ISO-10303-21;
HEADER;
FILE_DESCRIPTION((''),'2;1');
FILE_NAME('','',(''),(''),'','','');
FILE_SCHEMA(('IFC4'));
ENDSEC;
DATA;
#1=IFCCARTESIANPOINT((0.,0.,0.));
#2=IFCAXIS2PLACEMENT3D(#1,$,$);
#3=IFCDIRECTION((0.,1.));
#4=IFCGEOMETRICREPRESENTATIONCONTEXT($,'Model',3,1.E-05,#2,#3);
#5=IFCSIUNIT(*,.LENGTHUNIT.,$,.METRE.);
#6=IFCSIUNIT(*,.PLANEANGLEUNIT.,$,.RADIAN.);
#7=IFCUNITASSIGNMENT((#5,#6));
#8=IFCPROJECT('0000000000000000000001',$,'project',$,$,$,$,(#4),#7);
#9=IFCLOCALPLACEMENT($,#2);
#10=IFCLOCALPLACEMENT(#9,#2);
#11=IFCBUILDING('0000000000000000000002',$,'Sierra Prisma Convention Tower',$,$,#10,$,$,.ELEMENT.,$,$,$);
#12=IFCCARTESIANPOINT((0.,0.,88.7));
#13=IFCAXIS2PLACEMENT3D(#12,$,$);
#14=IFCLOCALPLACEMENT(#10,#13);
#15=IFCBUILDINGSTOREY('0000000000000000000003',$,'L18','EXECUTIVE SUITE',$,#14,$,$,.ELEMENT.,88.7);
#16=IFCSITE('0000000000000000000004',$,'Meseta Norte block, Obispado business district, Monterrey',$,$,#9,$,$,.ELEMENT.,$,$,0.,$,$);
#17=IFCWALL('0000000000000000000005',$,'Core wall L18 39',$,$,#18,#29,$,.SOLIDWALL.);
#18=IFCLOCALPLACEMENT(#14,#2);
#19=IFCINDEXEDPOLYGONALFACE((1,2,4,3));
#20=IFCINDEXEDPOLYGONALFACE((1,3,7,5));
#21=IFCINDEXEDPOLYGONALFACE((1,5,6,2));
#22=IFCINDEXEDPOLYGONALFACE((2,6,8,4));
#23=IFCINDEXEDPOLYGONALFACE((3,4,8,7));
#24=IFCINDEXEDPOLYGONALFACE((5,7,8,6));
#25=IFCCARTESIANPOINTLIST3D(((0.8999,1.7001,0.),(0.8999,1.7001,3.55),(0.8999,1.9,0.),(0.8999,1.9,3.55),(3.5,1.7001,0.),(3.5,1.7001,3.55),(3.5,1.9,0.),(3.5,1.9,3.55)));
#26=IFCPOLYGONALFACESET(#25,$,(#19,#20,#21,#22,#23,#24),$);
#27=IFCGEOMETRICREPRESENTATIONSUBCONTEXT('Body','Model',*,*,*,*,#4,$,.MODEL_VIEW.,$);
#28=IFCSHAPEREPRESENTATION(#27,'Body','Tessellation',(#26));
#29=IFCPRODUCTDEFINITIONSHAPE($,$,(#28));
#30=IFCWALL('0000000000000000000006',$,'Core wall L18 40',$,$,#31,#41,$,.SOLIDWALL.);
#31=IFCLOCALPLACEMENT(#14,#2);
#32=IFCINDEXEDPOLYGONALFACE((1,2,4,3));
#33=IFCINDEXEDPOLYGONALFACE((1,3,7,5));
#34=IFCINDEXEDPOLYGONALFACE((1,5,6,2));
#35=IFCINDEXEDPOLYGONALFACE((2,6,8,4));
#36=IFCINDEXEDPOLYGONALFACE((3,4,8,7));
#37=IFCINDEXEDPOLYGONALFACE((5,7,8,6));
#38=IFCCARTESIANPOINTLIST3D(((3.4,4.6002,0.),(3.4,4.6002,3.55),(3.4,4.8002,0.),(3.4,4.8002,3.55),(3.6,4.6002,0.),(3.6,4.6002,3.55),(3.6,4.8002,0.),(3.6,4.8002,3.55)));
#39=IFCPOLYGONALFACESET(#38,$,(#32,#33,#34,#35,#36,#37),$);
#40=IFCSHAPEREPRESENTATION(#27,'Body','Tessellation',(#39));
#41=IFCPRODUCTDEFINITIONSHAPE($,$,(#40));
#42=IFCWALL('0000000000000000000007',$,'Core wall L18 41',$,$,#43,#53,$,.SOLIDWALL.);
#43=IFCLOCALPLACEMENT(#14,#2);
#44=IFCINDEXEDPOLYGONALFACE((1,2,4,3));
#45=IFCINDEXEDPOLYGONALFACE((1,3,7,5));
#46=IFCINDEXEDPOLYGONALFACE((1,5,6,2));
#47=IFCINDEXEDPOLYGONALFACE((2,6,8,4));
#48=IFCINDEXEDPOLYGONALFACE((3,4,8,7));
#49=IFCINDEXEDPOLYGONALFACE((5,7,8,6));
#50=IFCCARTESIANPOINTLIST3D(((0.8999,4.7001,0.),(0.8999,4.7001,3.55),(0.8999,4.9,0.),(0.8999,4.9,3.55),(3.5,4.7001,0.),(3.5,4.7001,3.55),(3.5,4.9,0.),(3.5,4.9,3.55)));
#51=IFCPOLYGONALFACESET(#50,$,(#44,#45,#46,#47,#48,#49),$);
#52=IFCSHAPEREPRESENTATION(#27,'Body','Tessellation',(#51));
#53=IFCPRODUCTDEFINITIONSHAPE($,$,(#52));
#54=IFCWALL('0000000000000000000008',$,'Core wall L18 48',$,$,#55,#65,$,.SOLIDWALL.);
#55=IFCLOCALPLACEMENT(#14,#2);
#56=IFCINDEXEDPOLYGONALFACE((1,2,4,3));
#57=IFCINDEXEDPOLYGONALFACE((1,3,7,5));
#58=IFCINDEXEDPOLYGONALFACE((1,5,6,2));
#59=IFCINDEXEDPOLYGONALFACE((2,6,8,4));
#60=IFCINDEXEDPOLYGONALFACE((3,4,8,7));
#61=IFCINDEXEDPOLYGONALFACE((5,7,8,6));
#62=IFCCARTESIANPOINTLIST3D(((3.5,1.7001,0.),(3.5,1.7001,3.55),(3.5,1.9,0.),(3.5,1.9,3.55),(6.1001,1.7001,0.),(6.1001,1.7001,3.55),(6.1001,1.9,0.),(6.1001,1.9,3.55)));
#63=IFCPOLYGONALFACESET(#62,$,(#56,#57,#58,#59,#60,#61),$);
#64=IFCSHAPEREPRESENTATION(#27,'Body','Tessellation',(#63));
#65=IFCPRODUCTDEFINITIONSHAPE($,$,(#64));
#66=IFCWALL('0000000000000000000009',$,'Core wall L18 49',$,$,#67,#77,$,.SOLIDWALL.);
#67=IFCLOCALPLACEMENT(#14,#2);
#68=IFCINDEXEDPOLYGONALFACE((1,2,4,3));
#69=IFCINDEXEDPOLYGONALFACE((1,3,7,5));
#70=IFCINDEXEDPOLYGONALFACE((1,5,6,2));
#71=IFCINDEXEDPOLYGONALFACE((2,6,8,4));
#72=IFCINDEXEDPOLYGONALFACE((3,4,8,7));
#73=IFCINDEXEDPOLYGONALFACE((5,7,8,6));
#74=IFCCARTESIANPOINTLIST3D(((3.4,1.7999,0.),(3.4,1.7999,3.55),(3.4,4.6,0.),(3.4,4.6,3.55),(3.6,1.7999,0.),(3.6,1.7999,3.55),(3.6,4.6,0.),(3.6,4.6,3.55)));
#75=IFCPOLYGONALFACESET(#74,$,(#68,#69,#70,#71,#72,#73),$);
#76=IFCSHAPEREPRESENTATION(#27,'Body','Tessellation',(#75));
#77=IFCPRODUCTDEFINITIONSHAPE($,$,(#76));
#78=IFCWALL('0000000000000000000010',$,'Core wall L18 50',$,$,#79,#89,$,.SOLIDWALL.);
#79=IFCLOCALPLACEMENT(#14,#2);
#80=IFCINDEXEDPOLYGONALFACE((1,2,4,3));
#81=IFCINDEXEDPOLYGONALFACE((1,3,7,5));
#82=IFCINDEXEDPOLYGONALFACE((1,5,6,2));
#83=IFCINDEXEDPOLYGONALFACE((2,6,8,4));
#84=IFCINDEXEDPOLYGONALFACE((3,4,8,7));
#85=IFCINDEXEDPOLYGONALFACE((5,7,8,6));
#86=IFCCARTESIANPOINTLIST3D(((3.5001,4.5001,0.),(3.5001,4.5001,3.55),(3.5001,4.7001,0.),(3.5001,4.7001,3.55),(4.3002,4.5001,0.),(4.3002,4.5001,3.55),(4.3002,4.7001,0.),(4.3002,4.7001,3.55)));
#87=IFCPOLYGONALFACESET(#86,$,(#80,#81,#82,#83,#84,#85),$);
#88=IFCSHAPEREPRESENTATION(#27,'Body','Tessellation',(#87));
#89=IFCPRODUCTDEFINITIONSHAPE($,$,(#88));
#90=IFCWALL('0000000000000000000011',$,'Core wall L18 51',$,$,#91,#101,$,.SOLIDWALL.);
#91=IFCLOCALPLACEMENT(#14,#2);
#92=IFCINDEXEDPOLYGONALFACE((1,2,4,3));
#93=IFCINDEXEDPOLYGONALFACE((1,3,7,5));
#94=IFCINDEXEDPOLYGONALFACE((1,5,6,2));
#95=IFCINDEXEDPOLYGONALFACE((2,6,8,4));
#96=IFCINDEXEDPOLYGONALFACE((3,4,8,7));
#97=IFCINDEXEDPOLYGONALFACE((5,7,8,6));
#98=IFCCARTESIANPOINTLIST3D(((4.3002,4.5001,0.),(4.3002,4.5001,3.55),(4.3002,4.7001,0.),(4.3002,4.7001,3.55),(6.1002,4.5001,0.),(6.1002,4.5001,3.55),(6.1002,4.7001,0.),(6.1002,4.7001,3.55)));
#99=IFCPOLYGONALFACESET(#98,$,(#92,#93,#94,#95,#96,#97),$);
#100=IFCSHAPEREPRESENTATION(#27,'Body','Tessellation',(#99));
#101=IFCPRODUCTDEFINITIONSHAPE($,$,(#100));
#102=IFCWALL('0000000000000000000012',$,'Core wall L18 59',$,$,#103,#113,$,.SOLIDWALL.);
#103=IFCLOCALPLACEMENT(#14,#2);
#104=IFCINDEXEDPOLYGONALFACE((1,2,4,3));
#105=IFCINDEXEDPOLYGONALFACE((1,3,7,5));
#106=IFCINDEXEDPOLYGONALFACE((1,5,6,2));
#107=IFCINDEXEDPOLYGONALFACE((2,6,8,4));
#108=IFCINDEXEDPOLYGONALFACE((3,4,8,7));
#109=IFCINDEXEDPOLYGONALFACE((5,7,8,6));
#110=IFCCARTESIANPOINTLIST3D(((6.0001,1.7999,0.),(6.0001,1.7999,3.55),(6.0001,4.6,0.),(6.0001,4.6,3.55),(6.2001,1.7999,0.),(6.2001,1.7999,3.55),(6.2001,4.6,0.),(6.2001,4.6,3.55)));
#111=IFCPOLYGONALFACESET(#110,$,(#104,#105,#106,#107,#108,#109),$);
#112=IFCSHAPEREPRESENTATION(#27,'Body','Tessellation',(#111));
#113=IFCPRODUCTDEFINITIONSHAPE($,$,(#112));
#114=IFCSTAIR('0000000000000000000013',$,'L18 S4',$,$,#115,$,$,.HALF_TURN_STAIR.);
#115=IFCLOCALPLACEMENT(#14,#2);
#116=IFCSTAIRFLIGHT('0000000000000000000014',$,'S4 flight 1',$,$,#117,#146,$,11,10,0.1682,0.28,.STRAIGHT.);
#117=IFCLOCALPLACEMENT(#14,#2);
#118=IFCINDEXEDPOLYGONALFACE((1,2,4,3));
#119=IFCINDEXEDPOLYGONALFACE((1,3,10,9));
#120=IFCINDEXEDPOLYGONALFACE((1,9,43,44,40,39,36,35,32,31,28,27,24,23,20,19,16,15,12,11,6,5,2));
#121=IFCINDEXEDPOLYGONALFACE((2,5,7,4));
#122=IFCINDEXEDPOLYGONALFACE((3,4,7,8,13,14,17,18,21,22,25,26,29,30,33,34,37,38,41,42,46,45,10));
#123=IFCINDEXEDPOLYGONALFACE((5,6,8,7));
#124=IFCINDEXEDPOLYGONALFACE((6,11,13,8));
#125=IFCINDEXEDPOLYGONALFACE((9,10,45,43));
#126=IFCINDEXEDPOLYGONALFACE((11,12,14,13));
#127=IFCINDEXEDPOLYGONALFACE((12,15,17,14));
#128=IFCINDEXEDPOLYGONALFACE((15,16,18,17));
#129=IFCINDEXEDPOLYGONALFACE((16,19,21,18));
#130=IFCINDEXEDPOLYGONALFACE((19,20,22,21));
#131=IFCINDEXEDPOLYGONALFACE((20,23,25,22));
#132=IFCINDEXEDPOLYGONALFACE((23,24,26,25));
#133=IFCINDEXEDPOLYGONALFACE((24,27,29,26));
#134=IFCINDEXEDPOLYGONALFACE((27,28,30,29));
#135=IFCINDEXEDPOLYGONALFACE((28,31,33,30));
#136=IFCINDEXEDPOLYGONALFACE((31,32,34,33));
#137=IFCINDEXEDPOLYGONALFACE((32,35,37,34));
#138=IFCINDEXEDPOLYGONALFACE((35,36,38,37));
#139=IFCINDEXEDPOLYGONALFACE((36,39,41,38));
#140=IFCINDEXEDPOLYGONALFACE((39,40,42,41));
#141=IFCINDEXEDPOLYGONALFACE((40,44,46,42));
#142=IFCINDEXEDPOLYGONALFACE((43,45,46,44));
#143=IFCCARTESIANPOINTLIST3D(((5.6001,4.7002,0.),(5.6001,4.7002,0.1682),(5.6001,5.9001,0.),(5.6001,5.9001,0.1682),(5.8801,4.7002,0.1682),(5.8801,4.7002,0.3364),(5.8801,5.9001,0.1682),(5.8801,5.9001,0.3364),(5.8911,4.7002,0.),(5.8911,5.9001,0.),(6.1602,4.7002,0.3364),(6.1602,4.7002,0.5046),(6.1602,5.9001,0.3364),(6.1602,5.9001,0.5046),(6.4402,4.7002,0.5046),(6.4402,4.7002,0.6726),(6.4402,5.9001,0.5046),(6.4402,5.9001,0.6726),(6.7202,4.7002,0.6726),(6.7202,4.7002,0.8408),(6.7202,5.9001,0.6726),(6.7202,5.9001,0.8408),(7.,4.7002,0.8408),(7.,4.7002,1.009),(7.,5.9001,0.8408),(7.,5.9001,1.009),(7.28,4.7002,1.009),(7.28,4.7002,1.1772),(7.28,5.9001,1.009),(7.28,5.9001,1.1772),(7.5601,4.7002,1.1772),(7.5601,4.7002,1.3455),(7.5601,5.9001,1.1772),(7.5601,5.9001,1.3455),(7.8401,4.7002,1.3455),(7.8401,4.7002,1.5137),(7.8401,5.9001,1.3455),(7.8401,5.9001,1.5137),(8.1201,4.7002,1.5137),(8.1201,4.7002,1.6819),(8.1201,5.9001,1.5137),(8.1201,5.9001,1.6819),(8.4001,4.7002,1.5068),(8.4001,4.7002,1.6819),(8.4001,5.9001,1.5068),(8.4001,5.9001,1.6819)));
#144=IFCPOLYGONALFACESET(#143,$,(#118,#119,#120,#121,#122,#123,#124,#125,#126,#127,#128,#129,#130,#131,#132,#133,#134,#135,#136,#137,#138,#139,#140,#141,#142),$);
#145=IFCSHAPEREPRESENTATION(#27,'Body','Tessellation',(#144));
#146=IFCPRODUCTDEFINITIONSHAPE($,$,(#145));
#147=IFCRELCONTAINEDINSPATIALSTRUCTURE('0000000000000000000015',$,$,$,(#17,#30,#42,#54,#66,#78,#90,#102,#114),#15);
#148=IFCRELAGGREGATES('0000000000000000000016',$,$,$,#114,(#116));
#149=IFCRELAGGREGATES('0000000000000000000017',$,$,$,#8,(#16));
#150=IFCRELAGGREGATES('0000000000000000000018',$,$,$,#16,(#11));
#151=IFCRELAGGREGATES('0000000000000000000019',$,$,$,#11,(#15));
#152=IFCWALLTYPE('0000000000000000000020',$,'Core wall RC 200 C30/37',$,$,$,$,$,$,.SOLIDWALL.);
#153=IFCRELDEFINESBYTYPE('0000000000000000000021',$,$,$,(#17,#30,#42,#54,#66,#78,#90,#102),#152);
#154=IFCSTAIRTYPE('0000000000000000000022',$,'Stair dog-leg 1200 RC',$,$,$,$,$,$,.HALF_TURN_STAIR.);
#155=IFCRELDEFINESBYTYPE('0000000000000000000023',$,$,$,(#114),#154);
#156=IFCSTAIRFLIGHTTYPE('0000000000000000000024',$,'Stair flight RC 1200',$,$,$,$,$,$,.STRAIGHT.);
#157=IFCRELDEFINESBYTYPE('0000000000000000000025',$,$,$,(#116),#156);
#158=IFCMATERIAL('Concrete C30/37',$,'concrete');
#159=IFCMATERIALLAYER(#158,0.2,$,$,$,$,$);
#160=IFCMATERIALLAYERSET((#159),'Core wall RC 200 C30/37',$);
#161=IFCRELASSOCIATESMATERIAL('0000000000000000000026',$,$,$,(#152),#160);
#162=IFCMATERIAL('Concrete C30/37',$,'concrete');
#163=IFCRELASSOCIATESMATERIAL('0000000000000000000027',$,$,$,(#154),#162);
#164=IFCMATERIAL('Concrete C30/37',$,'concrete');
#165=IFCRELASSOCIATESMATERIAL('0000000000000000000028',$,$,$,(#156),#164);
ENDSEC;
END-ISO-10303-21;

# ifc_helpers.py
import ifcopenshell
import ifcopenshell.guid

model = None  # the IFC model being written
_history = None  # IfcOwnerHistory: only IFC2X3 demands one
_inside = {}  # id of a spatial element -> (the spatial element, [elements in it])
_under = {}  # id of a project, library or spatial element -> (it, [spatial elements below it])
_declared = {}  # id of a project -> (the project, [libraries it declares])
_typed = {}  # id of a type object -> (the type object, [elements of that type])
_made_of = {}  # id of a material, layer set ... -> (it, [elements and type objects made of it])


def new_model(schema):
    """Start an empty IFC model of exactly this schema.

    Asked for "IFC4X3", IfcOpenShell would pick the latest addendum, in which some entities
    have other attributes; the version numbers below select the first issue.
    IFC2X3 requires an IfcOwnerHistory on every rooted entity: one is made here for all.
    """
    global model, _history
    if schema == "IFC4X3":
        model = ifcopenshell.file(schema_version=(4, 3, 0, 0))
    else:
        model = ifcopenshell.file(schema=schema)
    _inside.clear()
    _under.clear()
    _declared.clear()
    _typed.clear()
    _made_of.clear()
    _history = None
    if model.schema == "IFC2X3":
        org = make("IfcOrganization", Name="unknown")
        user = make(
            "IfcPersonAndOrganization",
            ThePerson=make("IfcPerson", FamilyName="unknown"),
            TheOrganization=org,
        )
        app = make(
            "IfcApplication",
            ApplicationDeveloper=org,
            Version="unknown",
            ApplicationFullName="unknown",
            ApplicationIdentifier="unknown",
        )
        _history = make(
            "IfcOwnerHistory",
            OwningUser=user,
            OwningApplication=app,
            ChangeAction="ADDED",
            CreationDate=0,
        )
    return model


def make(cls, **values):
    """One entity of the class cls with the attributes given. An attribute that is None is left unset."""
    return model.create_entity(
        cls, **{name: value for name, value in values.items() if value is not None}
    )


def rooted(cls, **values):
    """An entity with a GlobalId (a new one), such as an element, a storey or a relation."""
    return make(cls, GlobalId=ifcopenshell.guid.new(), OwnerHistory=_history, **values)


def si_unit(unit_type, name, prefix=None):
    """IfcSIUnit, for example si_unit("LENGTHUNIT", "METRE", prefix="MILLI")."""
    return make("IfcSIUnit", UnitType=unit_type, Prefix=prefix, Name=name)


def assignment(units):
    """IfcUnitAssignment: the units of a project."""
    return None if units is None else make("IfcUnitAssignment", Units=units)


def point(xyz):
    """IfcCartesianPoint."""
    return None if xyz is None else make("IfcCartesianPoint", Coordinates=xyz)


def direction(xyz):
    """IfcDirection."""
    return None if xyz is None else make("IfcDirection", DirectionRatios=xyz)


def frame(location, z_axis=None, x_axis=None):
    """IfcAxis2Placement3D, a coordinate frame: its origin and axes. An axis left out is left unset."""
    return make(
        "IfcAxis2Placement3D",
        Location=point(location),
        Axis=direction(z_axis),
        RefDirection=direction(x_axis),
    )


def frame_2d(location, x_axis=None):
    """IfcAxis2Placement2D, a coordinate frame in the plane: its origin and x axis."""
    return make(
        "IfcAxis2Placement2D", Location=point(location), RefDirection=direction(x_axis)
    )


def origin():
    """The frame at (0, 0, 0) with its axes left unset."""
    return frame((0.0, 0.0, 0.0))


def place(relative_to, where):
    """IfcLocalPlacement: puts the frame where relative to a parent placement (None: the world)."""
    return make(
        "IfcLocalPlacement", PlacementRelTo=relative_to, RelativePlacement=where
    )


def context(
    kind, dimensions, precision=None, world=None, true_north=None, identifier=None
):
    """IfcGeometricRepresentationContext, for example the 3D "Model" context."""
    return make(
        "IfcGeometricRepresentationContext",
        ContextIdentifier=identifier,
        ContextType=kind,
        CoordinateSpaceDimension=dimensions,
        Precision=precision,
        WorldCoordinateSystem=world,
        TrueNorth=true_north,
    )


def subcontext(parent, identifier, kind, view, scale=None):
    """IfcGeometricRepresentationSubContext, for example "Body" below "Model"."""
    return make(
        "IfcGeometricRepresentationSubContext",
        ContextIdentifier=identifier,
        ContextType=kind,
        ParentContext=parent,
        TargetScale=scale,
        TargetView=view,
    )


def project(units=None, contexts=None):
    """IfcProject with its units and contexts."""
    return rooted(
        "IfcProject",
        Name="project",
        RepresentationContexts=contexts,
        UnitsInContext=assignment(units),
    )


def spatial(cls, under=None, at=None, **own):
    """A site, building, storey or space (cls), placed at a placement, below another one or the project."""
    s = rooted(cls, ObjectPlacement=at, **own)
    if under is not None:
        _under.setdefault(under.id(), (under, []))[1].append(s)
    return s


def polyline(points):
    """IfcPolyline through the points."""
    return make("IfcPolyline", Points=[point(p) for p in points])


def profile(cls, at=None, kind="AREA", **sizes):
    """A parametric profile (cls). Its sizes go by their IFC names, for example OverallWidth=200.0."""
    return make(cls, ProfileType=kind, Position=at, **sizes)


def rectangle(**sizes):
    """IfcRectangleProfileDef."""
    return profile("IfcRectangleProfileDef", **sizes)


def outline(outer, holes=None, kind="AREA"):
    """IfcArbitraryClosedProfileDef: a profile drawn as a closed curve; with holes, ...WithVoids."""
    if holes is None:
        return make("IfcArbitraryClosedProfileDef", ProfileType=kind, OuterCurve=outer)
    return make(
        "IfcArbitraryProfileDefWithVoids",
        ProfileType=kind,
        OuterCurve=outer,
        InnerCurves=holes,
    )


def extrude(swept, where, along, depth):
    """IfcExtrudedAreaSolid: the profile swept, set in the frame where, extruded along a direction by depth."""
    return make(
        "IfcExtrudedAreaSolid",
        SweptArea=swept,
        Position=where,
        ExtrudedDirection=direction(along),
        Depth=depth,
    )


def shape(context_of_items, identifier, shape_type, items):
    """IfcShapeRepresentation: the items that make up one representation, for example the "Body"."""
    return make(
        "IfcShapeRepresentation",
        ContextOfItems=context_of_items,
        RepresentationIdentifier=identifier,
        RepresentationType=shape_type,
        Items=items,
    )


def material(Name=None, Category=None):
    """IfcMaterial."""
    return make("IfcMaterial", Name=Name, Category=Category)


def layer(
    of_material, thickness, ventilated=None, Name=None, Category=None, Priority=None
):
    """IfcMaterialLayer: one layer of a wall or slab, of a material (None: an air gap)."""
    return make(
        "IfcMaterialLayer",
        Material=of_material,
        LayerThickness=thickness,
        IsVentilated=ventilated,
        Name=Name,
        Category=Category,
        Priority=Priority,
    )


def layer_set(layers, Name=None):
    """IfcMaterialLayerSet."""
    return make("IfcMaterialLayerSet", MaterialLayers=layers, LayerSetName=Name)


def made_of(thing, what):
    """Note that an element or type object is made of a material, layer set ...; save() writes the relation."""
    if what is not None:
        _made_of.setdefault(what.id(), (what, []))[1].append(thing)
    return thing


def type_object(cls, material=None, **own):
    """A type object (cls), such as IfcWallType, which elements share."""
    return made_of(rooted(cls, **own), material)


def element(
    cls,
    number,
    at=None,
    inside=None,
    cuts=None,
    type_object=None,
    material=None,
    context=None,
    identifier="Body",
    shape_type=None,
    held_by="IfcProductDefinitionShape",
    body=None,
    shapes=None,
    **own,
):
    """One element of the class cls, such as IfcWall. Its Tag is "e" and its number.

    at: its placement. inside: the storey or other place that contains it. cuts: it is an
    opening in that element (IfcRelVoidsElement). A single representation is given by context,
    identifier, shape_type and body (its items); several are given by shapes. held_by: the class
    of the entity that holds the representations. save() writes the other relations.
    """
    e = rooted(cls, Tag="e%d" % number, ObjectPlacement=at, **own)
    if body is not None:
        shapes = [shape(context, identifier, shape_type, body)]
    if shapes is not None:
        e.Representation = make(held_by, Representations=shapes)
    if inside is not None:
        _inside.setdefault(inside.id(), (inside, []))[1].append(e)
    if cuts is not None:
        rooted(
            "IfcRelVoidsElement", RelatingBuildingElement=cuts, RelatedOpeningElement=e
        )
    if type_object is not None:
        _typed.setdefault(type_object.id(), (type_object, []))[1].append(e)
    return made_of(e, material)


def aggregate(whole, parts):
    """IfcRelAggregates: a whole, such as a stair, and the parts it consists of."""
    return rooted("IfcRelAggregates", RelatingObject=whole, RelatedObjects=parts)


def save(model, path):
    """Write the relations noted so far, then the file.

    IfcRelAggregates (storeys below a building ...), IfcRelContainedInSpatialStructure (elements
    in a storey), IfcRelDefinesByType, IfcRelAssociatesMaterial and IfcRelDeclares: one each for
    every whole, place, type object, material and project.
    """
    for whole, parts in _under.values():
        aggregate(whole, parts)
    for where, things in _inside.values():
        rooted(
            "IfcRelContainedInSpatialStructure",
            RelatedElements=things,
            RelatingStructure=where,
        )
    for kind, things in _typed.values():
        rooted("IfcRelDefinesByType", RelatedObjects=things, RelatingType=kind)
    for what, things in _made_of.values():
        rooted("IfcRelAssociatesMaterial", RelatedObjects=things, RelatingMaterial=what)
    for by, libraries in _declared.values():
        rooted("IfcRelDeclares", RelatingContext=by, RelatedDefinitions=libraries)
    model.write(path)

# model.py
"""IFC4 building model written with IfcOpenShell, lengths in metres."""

from ifc_helpers import new_model, si_unit, direction, frame, frame_2d, origin, place, context, subcontext, project, spatial, polyline, rectangle, outline, extrude, material, layer, layer_set, type_object, element, aggregate, save


model = new_model("IFC4")

# Units and contexts
model_context = context("Model", 3, precision=1e-05, world=origin(), true_north=direction((0.0, 1.0)))
body_context = subcontext(model_context, "Body", "Model", "MODEL_VIEW")
ifc_project = project(units=[si_unit("LENGTHUNIT", "METRE"), si_unit("PLANEANGLEUNIT", "RADIAN")], contexts=[model_context])

# Site, building, storey
site_placement = place(None, origin())
site = spatial("IfcSite", under=ifc_project, at=site_placement, Name="Meseta Norte block, Obispado business district, Monterrey", CompositionType="ELEMENT", RefElevation=0.0)
building_placement = place(site_placement, origin())
building = spatial("IfcBuilding", under=site, at=building_placement, Name="Sierra Prisma Convention Tower", CompositionType="ELEMENT")
storey_placement = place(building_placement, frame((0.0, 0.0, 88.7)))
storey = spatial("IfcBuildingStorey", under=building, at=storey_placement, Name="L18", Description="EXECUTIVE SUITE", CompositionType="ELEMENT", Elevation=88.7)

# Walls
ifc_material_1 = material(Name="Concrete C30/37", Category="concrete")
ifc_layer = layer(ifc_material_1, 0.2)
ifc_layer_set = layer_set([ifc_layer], Name="Core wall RC 200 C30/37")
wall_type = type_object("IfcWallType", Name="Core wall RC 200 C30/37", PredefinedType="SOLIDWALL", material=ifc_layer_set)
wall_1_placement = place(storey_placement, frame((3.5, 1.8, 0.0), z_axis=(0.0, 0.0, 1.0), x_axis=(-1.0, 0.0, 0.0)))
element("IfcWall", 1, at=wall_1_placement, inside=storey, type_object=wall_type, Name="Core wall L18 39", PredefinedType="SOLIDWALL", context=body_context, shape_type="SweptSolid", body=[
    extrude(rectangle(XDim=2.6001, YDim=0.2, at=frame_2d((1.3, 0.0))), origin(), (0.0, 0.0, 1.0), 3.55),
])
wall_2_placement = place(storey_placement, frame((3.5, 4.6001, 0.0), z_axis=(0.0, 0.0, 1.0), x_axis=(0.0, 1.0, 0.0)))
element("IfcWall", 2, at=wall_2_placement, inside=storey, type_object=wall_type, Name="Core wall L18 40", PredefinedType="SOLIDWALL", context=body_context, shape_type="SweptSolid", body=[
    extrude(rectangle(XDim=0.2, YDim=0.2, at=frame_2d((0.1001, 0.0))), origin(), (0.0, 0.0, 1.0), 3.55),
])
wall_3_placement = place(storey_placement, frame((3.5, 4.8, 0.0), z_axis=(0.0, 0.0, 1.0), x_axis=(-1.0, 0.0, 0.0)))
element("IfcWall", 3, at=wall_3_placement, inside=storey, type_object=wall_type, Name="Core wall L18 41", PredefinedType="SOLIDWALL", context=body_context, shape_type="SweptSolid", body=[
    extrude(rectangle(XDim=2.6001, YDim=0.2, at=frame_2d((1.3, 0.0))), origin(), (0.0, 0.0, 1.0), 3.55),
])

# Walls
wall_4_placement = place(storey_placement, frame((6.1001, 1.8, 0.0), z_axis=(0.0, 0.0, 1.0), x_axis=(-1.0, 0.0, 0.0)))
element("IfcWall", 4, at=wall_4_placement, inside=storey, type_object=wall_type, Name="Core wall L18 48", PredefinedType="SOLIDWALL", context=body_context, shape_type="SweptSolid", body=[
    extrude(rectangle(XDim=2.6001, YDim=0.2, at=frame_2d((1.3, 0.0))), origin(), (0.0, 0.0, 1.0), 3.55),
])
wall_5_placement = place(storey_placement, frame((3.5, 1.8, 0.0), z_axis=(0.0, 0.0, 1.0), x_axis=(0.0, 1.0, 0.0)))
element("IfcWall", 5, at=wall_5_placement, inside=storey, type_object=wall_type, Name="Core wall L18 49", PredefinedType="SOLIDWALL", context=body_context, shape_type="SweptSolid", body=[
    extrude(rectangle(XDim=2.8, YDim=0.2, at=frame_2d((1.3999, 0.0))), origin(), (0.0, 0.0, 1.0), 3.55),
])
wall_6_placement = place(storey_placement, frame((4.3, 4.6001, 0.0), z_axis=(0.0, 0.0, 1.0), x_axis=(-1.0, 0.0, 0.0)))
element("IfcWall", 6, at=wall_6_placement, inside=storey, type_object=wall_type, Name="Core wall L18 50", PredefinedType="SOLIDWALL", context=body_context, shape_type="SweptSolid", body=[
    extrude(rectangle(XDim=0.8, YDim=0.2, at=frame_2d((0.3999, 0.0))), origin(), (0.0, 0.0, 1.0), 3.55),
])
wall_7_placement = place(storey_placement, frame((6.1001, 4.6001, 0.0), z_axis=(0.0, 0.0, 1.0), x_axis=(-1.0, 0.0, 0.0)))
element("IfcWall", 7, at=wall_7_placement, inside=storey, type_object=wall_type, Name="Core wall L18 51", PredefinedType="SOLIDWALL", context=body_context, shape_type="SweptSolid", body=[
    extrude(rectangle(XDim=1.8, YDim=0.2, at=frame_2d((0.8999, 0.0))), origin(), (0.0, 0.0, 1.0), 3.55),
])

# Wall
wall_8_placement = place(storey_placement, frame((6.1001, 1.8, 0.0), z_axis=(0.0, 0.0, 1.0), x_axis=(0.0, 1.0, 0.0)))
element("IfcWall", 8, at=wall_8_placement, inside=storey, type_object=wall_type, Name="Core wall L18 59", PredefinedType="SOLIDWALL", context=body_context, shape_type="SweptSolid", body=[
    extrude(rectangle(XDim=2.8, YDim=0.2, at=frame_2d((1.3999, 0.0))), origin(), (0.0, 0.0, 1.0), 3.55),
])

# Stair, stair flight
ifc_material_2 = material(Name="Concrete C30/37", Category="concrete")
stair_type = type_object("IfcStairType", Name="Stair dog-leg 1200 RC", PredefinedType="HALF_TURN_STAIR", material=ifc_material_2)
stair_placement = place(storey_placement, origin())
stair = element("IfcStair", 9, at=stair_placement, inside=storey, type_object=stair_type, Name="L18 S4", PredefinedType="HALF_TURN_STAIR")
ifc_material_3 = material(Name="Concrete C30/37", Category="concrete")
stair_flight_type = type_object("IfcStairFlightType", Name="Stair flight RC 1200", PredefinedType="STRAIGHT", material=ifc_material_3)
stair_flight_placement = place(storey_placement, frame((5.6001, 5.3, 0.0), z_axis=(0.0, 0.0, 1.0), x_axis=(1.0, 0.0, 0.0)))
stair_flight = element("IfcStairFlight", 10, at=stair_flight_placement, type_object=stair_flight_type, Name="S4 flight 1", NumberOfRisers=11, NumberOfTreads=10, PredefinedType="STRAIGHT", RiserHeight=0.1682, TreadLength=0.28, context=body_context, shape_type="SweptSolid", body=[
    extrude(outline(polyline([(0.0, 0.0), (0.0, 0.1682), (0.28, 0.1682), (0.28, 0.3364), (0.5601, 0.3364), (0.5601, 0.5046), (0.8401, 0.5046), (0.8401, 0.6726), (1.1201, 0.6726), (1.1201, 0.8408), (1.3999, 0.8408), (1.3999, 1.009), (1.6799, 1.009), (1.6799, 1.1772), (1.96, 1.1772), (1.96, 1.3455), (2.24, 1.3455), (2.24, 1.5137), (2.52, 1.5137), (2.52, 1.6819), (2.8, 1.6819), (2.8, 1.8501), (2.8, 1.5068), (0.291, 0.0), (0.0, 0.0)])), frame((0.0, 0.6001, 0.0), z_axis=(0.0, -1.0, 0.0), x_axis=(1.0, 0.0, 0.0)), (0.0, 0.0, 1.0), 1.2),
])
aggregate(stair, [stair_flight])

save(model, "model.ifc")
